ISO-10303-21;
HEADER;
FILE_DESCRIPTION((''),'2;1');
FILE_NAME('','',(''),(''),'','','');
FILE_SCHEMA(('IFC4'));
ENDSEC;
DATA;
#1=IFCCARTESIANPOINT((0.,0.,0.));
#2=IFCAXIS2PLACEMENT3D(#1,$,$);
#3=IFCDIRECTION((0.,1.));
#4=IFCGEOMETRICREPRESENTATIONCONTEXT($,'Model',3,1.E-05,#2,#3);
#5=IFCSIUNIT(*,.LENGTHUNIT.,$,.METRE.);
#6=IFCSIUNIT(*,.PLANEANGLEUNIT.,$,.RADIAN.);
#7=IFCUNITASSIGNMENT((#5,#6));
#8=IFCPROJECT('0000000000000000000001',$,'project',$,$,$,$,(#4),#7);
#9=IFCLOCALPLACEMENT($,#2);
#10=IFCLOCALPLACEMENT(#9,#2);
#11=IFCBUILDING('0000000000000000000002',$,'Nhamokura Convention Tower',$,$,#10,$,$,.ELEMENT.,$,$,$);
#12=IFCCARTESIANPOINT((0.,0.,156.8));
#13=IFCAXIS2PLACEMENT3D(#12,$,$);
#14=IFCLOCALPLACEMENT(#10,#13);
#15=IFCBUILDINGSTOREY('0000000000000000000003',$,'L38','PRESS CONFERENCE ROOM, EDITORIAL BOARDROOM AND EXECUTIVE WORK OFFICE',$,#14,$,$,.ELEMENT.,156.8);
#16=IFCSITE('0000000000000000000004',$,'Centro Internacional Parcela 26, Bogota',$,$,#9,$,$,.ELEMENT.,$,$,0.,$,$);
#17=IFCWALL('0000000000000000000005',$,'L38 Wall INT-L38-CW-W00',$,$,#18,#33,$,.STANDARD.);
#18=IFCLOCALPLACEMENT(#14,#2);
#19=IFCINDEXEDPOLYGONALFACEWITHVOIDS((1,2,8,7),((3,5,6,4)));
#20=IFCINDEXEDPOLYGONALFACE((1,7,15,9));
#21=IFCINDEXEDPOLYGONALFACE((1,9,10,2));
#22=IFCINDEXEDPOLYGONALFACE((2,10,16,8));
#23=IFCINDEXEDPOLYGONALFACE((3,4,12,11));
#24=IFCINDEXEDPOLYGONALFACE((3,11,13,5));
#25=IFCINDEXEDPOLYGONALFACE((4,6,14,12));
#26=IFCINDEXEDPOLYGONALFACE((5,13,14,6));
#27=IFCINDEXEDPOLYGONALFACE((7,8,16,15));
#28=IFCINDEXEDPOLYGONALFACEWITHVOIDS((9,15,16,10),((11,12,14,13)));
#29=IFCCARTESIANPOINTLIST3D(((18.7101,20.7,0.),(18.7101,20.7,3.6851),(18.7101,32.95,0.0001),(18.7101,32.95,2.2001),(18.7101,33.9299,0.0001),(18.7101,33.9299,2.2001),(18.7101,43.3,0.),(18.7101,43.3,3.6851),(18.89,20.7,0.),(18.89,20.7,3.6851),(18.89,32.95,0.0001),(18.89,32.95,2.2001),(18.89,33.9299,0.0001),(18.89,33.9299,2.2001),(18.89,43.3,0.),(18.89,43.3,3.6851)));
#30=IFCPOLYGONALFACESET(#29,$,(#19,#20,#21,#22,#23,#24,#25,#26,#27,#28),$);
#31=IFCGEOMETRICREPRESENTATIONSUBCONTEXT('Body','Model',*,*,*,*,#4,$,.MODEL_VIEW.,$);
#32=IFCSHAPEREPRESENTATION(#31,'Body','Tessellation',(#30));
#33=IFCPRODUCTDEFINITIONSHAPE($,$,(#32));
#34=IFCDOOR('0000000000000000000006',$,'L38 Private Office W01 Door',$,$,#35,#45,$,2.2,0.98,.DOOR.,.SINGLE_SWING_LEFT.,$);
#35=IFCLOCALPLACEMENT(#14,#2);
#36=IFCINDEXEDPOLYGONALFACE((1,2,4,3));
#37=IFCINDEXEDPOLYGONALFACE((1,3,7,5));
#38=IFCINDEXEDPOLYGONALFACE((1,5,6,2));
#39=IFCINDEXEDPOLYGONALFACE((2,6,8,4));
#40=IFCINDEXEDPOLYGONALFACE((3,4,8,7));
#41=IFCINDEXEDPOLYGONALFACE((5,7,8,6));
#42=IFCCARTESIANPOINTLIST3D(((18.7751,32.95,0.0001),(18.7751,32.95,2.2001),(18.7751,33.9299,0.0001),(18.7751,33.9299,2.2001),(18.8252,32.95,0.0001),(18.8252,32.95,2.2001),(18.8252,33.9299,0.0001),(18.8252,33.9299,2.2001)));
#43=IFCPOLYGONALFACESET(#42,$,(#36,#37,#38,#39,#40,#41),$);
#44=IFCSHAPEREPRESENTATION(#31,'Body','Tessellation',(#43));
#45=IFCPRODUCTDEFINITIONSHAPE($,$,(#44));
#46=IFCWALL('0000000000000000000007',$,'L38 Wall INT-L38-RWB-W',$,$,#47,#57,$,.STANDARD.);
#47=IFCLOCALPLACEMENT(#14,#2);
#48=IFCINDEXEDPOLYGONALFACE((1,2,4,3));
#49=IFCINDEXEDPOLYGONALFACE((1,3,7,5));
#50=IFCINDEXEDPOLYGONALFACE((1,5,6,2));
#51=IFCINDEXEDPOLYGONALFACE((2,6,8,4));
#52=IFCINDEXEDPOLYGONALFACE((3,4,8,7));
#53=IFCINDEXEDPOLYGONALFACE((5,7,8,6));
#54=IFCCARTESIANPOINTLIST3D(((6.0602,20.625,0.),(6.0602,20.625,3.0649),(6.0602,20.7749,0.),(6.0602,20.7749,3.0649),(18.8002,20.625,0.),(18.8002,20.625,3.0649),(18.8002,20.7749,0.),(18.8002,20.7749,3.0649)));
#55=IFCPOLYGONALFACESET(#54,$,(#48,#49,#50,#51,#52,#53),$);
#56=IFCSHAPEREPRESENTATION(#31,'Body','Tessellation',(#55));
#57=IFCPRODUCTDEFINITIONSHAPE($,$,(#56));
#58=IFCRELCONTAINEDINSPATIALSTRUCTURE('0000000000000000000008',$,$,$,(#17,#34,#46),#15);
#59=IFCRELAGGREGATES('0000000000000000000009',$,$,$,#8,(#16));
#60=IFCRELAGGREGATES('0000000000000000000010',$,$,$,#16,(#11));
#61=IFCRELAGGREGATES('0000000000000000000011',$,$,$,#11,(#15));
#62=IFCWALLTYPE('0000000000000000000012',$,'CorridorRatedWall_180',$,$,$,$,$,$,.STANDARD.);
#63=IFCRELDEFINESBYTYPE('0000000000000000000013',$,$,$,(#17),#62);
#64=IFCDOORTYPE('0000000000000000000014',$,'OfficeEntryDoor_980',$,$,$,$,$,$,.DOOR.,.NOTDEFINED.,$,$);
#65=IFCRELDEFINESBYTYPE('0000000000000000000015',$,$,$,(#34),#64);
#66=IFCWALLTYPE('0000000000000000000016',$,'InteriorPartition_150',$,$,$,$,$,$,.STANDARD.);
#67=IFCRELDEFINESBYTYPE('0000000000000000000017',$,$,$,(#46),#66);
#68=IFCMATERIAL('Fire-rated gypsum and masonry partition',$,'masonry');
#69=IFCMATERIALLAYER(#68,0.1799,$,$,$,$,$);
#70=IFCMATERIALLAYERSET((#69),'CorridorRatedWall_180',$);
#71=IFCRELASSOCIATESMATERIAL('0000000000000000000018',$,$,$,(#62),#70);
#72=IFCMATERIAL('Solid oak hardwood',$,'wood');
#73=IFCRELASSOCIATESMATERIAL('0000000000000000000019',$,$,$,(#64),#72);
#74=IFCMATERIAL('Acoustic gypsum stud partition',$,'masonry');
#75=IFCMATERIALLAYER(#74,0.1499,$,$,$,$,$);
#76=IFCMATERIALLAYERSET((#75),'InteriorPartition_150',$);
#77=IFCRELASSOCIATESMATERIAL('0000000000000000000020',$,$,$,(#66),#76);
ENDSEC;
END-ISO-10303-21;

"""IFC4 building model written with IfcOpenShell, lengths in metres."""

from ifc_helpers import new_model, si_unit, direction, frame, frame_2d, origin, place, context, subcontext, project, spatial, rectangle, extrude, material, layer, layer_set, type_object, element, fill, save


model = new_model("IFC4")

# Units and contexts
model_context = context("Model", 3, precision=1e-05, world=origin(), true_north=direction((0.0, 1.0)))
body_context = subcontext(model_context, "Body", "Model", "MODEL_VIEW")
ifc_project = project(units=[si_unit("LENGTHUNIT", "METRE"), si_unit("PLANEANGLEUNIT", "RADIAN")], contexts=[model_context])

# Site, building, storey
site_placement = place(None, origin())
site = spatial("IfcSite", under=ifc_project, at=site_placement, Name="Centro Internacional Parcela 26, Bogota", CompositionType="ELEMENT", RefElevation=0.0)
building_placement = place(site_placement, origin())
building = spatial("IfcBuilding", under=site, at=building_placement, Name="Nhamokura Convention Tower", CompositionType="ELEMENT")
storey_placement = place(building_placement, frame((0.0, 0.0, 156.8)))
storey = spatial("IfcBuildingStorey", under=building, at=storey_placement, Name="L38", Description="PRESS CONFERENCE ROOM, EDITORIAL BOARDROOM AND EXECUTIVE WORK OFFICE", CompositionType="ELEMENT", Elevation=156.8)

# Wall, opening, door
ifc_material_1 = material(Name="Fire-rated gypsum and masonry partition", Category="masonry")
ifc_layer_1 = layer(ifc_material_1, 0.1799)
ifc_layer_set_1 = layer_set([ifc_layer_1], Name="CorridorRatedWall_180")
wall_type_1 = type_object("IfcWallType", Name="CorridorRatedWall_180", PredefinedType="STANDARD", material=ifc_layer_set_1)
ifc_material_2 = material(Name="Solid oak hardwood", Category="wood")
door_type = type_object("IfcDoorType", Name="OfficeEntryDoor_980", OperationType="NOTDEFINED", PredefinedType="DOOR", material=ifc_material_2)
wall_1_placement = place(storey_placement, frame((18.8, 20.7, 0.0), z_axis=(0.0, 0.0, 1.0), x_axis=(0.0, 1.0, 0.0)))
wall_1 = element("IfcWall", 1, at=wall_1_placement, inside=storey, type_object=wall_type_1, Name="L38 Wall INT-L38-CW-W00", PredefinedType="STANDARD", context=body_context, shape_type="SweptSolid", body=[
    extrude(rectangle(XDim=22.6001, YDim=0.1799, at=frame_2d((11.3, 0.0))), origin(), (0.0, 0.0, 1.0), 3.6851),
])
opening_1_placement = place(wall_1_placement, frame((12.25, 0.0, 0.0)))
opening_1 = element("IfcOpeningElement", 2, at=opening_1_placement, cuts=wall_1, PredefinedType="OPENING", context=body_context, shape_type="SweptSolid", body=[
    extrude(rectangle(XDim=0.98, YDim=2.2, at=frame_2d((0.49, 1.1001))), frame((0.0, 0.0999, 0.0), z_axis=(0.0, -1.0, 0.0), x_axis=(1.0, 0.0, 0.0)), (0.0, 0.0, 1.0), 0.2),
])
door_1_placement = place(opening_1_placement, origin())
door_1 = element("IfcDoor", 3, at=door_1_placement, inside=storey, type_object=door_type, Name="L38 Private Office W01 Door", OperationType="SINGLE_SWING_LEFT", OverallHeight=2.2, OverallWidth=0.98, PredefinedType="DOOR", context=body_context, shape_type="SweptSolid", body=[
    extrude(rectangle(XDim=0.98, YDim=2.2, at=frame_2d((0.49, 1.1001))), frame((0.0, 0.0249, 0.0), z_axis=(0.0, -1.0, 0.0), x_axis=(1.0, 0.0, 0.0)), (0.0, 0.0, 1.0), 0.05),
])
fill(opening_1, door_1)

# Wall
ifc_material_3 = material(Name="Acoustic gypsum stud partition", Category="masonry")
ifc_layer_2 = layer(ifc_material_3, 0.1499)
ifc_layer_set_2 = layer_set([ifc_layer_2], Name="InteriorPartition_150")
wall_type_2 = type_object("IfcWallType", Name="InteriorPartition_150", PredefinedType="STANDARD", material=ifc_layer_set_2)
wall_2_placement = place(storey_placement, frame((6.0601, 20.7, 0.0), z_axis=(0.0, 0.0, 1.0), x_axis=(1.0, 0.0, 0.0)))
element("IfcWall", 4, at=wall_2_placement, inside=storey, type_object=wall_type_2, Name="L38 Wall INT-L38-RWB-W", PredefinedType="STANDARD", context=body_context, shape_type="SweptSolid", body=[
    extrude(rectangle(XDim=12.74, YDim=0.1499, at=frame_2d((6.3701, 0.0))), origin(), (0.0, 0.0, 1.0), 3.0649),
])

save(model, "model.ifc")
